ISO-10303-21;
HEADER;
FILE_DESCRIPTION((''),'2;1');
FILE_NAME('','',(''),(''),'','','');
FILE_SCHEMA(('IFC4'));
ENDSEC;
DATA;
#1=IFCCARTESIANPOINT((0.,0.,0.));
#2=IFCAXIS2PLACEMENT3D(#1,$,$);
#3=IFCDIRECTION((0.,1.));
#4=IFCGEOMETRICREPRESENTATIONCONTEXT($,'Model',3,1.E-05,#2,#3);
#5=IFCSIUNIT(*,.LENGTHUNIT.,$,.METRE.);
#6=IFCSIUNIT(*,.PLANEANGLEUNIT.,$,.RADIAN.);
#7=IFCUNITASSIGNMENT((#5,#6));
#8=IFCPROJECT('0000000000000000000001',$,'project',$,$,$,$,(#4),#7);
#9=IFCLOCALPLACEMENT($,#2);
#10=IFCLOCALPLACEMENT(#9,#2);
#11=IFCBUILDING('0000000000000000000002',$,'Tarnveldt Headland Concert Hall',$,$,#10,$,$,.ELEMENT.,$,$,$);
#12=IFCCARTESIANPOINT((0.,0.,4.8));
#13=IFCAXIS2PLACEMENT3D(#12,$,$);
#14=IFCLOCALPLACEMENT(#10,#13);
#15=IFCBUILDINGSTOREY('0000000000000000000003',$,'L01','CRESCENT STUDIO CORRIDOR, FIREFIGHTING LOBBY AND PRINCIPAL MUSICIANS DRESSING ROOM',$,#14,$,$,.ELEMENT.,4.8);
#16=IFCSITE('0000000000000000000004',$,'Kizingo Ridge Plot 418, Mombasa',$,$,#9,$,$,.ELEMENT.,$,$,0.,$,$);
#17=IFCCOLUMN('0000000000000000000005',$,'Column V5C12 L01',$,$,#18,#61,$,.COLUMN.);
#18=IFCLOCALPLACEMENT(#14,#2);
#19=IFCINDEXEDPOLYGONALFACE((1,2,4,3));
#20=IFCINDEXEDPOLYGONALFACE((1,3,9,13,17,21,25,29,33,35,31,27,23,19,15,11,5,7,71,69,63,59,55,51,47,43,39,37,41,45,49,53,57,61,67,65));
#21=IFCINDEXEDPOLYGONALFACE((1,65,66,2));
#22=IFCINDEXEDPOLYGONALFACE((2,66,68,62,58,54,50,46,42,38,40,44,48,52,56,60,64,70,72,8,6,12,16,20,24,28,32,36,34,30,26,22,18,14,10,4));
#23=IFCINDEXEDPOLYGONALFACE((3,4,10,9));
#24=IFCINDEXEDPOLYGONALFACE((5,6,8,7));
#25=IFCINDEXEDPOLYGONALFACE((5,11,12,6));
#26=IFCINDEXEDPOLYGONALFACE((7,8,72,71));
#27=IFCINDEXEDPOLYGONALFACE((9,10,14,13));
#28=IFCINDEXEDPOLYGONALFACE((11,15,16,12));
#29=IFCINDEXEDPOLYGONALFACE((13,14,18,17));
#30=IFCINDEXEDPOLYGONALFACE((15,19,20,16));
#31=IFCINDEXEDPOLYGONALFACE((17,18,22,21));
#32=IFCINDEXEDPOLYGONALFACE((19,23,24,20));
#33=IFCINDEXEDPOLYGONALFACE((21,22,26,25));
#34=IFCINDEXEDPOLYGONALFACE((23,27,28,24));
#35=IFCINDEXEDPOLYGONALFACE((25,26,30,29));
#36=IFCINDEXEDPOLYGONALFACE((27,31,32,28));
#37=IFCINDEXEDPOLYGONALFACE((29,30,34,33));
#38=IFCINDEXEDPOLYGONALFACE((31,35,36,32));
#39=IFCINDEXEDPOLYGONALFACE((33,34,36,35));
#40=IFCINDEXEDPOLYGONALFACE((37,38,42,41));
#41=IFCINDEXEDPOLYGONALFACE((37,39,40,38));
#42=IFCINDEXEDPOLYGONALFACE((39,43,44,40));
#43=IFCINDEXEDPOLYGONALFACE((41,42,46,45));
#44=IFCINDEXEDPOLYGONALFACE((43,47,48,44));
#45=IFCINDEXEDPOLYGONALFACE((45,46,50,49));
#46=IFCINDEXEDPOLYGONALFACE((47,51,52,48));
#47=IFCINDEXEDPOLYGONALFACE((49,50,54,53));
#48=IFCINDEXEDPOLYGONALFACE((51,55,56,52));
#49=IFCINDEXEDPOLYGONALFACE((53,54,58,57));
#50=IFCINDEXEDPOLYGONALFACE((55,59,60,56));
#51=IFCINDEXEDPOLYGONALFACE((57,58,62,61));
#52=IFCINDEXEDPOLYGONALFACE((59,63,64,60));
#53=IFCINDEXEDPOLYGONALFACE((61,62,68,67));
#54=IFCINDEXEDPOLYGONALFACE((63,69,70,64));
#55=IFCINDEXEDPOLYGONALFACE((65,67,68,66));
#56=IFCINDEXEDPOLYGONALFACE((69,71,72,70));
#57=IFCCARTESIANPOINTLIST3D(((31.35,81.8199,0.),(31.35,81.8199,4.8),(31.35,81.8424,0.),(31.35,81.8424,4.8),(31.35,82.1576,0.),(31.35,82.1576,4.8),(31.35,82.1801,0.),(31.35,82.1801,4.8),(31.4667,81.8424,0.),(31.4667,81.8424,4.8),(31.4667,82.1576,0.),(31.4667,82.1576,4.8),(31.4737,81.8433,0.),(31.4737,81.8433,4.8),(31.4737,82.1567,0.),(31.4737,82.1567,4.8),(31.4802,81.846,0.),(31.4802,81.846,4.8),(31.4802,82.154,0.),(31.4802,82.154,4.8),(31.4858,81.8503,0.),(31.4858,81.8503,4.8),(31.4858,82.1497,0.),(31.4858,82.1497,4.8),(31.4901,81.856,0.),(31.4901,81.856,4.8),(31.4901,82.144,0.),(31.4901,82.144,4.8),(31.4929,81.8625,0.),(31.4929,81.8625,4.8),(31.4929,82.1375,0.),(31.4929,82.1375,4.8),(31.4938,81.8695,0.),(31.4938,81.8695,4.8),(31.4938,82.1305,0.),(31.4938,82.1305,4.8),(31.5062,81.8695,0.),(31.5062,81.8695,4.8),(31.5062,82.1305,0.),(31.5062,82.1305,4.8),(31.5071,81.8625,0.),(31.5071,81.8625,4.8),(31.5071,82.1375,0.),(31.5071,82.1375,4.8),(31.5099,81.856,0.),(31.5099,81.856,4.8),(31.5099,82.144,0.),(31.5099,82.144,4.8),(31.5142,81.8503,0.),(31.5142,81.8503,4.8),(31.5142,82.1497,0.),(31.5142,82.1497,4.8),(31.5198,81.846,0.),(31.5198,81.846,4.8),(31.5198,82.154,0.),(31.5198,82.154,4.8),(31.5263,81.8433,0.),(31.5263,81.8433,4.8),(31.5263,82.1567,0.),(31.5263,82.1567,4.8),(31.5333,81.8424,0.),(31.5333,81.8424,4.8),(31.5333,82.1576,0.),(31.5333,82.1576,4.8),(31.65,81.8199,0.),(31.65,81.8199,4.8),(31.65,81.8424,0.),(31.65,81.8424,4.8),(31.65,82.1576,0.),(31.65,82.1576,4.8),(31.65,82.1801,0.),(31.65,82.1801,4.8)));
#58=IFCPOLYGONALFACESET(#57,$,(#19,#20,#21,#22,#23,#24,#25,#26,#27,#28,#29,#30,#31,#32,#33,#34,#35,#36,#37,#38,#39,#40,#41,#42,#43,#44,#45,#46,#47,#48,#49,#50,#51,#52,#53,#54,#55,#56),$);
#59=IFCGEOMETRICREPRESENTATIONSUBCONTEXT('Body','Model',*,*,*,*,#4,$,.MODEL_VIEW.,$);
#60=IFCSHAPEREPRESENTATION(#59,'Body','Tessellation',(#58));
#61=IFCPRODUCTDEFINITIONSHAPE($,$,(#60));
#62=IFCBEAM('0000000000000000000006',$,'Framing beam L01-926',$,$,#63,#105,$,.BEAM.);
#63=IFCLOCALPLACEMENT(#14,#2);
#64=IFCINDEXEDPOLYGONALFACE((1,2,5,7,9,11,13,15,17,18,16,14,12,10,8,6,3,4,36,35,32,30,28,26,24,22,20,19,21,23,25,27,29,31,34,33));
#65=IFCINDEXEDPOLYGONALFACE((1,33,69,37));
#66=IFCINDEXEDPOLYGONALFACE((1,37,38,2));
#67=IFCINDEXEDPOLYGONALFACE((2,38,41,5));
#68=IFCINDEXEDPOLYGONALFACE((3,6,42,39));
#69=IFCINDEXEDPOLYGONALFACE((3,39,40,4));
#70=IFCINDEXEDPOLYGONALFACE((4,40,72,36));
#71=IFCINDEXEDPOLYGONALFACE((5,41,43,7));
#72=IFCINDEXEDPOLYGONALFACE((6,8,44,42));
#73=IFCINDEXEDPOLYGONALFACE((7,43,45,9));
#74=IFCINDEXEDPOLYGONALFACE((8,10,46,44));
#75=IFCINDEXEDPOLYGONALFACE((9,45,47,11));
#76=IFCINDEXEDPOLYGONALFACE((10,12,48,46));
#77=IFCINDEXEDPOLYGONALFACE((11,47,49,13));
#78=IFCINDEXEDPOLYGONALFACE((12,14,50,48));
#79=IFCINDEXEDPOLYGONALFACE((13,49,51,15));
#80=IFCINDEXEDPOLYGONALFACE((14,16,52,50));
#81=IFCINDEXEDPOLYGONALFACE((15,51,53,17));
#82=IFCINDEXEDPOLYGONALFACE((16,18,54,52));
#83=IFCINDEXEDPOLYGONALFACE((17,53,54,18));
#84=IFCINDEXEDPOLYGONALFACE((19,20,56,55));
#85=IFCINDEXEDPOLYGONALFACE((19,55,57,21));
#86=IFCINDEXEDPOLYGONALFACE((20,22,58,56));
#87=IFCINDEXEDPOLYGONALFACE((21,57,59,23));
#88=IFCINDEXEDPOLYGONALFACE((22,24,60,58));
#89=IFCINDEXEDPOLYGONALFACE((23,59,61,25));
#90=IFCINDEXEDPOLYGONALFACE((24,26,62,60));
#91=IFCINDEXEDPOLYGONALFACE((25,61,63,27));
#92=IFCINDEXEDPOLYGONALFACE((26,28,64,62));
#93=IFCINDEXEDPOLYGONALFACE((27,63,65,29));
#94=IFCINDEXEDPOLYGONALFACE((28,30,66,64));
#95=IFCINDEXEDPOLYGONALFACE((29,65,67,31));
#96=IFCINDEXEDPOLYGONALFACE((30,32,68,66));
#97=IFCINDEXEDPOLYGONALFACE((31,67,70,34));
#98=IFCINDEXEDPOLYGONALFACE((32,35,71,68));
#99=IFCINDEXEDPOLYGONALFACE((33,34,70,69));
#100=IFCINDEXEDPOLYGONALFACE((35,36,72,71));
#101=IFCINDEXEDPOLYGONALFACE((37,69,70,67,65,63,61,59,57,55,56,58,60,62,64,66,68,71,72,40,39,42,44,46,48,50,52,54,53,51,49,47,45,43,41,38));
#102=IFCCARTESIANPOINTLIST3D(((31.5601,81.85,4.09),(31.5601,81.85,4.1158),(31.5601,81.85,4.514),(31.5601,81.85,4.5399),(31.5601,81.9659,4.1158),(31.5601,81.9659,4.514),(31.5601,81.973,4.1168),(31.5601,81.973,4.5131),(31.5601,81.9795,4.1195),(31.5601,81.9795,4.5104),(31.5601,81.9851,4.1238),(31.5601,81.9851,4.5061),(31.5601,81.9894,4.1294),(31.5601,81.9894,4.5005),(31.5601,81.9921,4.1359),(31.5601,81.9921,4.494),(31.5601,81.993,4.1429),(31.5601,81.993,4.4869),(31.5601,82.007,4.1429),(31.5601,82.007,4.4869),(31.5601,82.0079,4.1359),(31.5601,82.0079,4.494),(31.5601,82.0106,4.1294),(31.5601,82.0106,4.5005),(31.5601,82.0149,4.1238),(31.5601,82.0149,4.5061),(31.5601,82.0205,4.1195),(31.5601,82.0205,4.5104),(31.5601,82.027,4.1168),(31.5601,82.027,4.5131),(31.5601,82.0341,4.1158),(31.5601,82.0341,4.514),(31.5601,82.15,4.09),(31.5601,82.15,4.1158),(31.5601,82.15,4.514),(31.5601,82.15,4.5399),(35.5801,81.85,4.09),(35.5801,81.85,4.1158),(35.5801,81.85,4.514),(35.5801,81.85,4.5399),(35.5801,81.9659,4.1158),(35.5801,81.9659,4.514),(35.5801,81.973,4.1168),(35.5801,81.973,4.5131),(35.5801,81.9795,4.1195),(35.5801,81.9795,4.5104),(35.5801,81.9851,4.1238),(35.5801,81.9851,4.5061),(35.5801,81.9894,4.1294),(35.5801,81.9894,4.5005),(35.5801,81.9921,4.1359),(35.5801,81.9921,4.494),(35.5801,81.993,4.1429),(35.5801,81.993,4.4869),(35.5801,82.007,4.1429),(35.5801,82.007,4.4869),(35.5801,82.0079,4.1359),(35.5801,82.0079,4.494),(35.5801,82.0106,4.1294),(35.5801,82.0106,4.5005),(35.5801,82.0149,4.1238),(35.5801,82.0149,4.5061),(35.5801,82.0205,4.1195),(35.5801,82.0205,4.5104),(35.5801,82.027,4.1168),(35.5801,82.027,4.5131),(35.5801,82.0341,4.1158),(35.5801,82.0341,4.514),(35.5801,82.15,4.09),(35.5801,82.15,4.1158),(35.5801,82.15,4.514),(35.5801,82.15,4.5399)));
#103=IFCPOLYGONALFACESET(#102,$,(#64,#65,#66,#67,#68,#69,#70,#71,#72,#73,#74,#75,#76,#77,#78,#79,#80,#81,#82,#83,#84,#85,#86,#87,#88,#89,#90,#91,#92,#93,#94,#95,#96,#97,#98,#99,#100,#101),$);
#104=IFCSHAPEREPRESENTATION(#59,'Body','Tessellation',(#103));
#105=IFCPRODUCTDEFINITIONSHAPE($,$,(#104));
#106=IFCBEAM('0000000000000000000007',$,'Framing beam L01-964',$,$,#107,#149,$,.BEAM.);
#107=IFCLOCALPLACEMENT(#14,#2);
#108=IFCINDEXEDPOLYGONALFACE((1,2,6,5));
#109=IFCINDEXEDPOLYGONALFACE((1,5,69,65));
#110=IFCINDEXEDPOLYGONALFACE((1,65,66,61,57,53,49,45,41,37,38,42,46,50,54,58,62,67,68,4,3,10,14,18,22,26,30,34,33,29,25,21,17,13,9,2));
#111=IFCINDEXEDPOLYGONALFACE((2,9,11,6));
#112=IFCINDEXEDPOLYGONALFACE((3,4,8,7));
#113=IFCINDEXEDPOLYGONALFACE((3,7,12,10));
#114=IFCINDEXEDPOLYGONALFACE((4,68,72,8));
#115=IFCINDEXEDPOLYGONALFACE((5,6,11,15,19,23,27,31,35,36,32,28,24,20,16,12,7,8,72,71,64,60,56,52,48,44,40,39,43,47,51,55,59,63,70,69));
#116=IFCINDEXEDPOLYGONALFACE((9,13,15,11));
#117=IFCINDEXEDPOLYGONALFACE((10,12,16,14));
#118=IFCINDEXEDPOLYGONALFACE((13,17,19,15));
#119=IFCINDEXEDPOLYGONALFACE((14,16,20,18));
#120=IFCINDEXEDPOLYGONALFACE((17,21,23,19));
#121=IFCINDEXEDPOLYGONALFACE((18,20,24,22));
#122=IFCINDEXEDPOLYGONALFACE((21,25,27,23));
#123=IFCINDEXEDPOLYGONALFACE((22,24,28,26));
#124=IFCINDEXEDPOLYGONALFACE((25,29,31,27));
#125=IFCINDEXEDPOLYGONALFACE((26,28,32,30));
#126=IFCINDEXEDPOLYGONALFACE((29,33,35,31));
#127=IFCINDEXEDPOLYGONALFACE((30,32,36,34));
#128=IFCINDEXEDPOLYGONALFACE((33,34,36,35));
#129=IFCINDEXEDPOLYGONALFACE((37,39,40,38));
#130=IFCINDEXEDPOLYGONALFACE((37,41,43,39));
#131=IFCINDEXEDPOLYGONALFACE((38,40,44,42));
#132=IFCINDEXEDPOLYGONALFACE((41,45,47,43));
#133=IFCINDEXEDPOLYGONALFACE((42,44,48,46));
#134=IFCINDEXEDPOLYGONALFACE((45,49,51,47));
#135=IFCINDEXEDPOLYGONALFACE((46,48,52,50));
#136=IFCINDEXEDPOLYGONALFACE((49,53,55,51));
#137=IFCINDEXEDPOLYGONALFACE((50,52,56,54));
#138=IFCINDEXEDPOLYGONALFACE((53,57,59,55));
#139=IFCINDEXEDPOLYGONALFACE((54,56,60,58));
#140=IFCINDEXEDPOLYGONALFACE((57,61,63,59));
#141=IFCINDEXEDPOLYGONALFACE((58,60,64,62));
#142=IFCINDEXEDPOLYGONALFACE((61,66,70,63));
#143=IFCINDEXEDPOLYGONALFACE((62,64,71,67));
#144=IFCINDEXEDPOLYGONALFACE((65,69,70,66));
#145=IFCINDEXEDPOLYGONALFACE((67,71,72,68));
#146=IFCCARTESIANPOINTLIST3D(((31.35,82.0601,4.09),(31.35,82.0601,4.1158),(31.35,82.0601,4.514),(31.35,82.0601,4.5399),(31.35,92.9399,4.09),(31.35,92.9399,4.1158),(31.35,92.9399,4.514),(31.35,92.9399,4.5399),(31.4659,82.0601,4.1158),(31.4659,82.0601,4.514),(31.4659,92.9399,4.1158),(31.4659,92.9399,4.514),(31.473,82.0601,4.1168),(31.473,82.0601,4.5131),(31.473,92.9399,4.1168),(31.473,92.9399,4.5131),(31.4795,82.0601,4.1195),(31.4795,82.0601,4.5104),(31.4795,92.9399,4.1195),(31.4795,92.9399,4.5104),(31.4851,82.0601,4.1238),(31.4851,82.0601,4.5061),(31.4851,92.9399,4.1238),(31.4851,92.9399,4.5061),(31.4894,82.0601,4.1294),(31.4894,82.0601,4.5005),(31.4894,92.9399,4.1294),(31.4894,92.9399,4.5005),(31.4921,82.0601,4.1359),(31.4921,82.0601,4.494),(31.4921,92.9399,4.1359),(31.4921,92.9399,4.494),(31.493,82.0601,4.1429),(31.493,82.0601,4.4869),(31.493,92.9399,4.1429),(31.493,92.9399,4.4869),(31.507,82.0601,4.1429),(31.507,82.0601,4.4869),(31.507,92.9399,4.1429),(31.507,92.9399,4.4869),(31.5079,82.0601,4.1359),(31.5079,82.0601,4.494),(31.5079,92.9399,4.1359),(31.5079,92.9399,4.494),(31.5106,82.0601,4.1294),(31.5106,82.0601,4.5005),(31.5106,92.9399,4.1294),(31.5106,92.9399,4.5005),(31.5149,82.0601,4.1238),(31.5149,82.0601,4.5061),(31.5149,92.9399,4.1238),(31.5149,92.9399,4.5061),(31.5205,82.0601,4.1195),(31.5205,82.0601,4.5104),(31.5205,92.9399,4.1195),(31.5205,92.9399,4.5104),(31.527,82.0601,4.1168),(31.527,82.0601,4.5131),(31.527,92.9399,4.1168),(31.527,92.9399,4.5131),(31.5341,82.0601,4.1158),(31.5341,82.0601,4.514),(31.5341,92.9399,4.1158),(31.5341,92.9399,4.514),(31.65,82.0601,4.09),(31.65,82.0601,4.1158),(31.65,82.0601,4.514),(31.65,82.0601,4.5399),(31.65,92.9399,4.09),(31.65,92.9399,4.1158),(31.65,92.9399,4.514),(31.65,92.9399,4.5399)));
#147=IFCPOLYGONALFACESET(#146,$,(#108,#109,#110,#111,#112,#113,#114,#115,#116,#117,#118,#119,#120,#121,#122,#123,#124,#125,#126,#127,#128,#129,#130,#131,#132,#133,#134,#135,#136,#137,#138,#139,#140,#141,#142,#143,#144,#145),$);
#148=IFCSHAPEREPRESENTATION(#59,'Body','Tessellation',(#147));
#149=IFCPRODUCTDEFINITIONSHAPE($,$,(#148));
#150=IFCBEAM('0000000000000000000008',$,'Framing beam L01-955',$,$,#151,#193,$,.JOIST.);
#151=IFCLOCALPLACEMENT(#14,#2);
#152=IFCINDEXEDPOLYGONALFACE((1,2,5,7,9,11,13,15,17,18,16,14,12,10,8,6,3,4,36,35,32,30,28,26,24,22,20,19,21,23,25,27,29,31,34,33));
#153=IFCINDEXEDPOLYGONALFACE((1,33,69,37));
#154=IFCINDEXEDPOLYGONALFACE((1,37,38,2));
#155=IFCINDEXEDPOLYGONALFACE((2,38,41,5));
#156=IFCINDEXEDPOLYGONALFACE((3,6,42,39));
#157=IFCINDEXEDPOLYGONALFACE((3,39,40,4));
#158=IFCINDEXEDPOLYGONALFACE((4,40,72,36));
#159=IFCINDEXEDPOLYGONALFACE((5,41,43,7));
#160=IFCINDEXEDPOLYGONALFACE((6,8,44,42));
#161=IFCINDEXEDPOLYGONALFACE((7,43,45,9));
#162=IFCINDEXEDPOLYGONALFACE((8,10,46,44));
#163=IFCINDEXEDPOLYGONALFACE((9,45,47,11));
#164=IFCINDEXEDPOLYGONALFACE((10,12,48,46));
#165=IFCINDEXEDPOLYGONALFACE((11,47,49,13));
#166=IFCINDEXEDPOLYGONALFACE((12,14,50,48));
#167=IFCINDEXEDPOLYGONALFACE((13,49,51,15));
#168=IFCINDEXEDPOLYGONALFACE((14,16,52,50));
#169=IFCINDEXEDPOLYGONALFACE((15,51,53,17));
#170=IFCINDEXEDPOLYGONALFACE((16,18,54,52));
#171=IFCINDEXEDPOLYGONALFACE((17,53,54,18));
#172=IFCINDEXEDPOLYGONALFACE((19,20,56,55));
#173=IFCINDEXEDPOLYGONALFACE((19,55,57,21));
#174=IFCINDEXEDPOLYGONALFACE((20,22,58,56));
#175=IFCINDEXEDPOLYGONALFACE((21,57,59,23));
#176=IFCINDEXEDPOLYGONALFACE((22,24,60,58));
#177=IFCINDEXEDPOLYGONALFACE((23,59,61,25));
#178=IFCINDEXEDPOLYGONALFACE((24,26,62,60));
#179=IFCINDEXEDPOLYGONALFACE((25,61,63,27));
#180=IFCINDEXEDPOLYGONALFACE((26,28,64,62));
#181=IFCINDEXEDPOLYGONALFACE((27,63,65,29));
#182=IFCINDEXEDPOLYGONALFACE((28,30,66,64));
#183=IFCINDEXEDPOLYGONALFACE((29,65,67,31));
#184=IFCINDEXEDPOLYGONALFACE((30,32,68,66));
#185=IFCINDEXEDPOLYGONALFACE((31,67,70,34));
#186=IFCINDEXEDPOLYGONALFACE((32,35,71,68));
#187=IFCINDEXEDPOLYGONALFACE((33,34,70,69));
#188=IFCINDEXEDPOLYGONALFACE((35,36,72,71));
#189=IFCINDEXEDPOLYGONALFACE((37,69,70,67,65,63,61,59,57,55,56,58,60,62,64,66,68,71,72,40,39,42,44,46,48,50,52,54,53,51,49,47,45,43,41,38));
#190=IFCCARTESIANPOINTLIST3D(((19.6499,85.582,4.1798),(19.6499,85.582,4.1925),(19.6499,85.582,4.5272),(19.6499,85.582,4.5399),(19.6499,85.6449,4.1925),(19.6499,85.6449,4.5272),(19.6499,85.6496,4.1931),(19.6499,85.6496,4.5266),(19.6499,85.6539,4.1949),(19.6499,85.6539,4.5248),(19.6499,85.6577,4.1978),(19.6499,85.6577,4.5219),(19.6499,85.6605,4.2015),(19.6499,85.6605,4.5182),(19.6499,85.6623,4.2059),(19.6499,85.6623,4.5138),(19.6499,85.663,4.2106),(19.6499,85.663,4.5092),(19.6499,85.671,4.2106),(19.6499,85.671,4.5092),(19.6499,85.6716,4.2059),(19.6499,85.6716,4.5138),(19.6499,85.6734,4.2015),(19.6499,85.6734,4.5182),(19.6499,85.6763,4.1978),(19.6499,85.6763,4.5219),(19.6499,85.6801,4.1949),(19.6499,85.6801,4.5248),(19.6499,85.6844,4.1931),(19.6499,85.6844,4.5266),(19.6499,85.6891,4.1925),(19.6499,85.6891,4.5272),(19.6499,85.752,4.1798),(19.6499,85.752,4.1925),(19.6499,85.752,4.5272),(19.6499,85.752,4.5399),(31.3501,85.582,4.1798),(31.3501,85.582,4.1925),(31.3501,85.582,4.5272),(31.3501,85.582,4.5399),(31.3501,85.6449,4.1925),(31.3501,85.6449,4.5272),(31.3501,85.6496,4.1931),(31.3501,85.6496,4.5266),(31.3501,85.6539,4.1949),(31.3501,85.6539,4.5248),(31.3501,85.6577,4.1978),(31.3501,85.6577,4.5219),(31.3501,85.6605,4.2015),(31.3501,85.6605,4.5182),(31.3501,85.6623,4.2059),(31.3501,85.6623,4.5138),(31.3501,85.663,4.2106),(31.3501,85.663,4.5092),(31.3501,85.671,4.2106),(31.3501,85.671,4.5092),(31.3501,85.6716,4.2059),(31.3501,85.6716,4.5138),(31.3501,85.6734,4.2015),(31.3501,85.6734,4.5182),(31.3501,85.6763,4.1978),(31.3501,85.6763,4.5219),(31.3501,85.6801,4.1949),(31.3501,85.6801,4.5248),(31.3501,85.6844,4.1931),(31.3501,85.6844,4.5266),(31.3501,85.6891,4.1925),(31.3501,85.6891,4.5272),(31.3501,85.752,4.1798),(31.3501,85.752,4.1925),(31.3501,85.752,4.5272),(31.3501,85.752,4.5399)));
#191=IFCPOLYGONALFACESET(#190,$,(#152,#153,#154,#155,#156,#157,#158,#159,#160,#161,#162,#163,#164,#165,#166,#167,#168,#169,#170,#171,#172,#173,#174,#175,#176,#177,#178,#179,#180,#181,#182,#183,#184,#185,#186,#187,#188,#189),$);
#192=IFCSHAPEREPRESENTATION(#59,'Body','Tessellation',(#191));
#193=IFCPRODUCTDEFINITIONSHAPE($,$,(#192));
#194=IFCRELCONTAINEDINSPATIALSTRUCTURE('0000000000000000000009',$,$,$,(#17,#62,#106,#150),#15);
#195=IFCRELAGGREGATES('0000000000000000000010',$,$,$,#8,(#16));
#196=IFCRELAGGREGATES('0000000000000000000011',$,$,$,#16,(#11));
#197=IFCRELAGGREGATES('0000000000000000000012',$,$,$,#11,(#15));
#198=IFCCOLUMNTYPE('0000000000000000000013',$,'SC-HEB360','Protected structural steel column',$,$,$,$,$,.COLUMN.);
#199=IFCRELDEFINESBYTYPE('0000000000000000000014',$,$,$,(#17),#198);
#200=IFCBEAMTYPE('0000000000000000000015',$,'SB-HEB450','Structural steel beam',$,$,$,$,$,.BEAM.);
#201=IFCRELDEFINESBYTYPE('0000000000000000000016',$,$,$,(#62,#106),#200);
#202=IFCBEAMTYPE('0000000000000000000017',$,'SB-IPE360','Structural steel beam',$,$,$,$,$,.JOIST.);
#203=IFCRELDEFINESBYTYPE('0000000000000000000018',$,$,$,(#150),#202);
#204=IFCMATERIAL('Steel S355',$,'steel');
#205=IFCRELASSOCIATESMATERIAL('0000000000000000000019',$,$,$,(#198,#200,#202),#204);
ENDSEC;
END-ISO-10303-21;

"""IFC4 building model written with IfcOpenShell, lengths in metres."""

from ifc_helpers import new_model, si_unit, direction, frame, origin, origin_2d, place, context, subcontext, project, spatial, i_section, extrude, material, material_profile, profile_set, type_object, element, save


model = new_model("IFC4")

# Units and contexts
model_context = context("Model", 3, precision=1e-05, world=origin(), true_north=direction((0.0, 1.0)))
body_context = subcontext(model_context, "Body", "Model", "MODEL_VIEW")
ifc_project = project(units=[si_unit("LENGTHUNIT", "METRE"), si_unit("PLANEANGLEUNIT", "RADIAN")], contexts=[model_context])

# Site, building, storey
site_placement = place(None, origin())
site = spatial("IfcSite", under=ifc_project, at=site_placement, Name="Kizingo Ridge Plot 418, Mombasa", CompositionType="ELEMENT", RefElevation=0.0)
building_placement = place(site_placement, origin())
building = spatial("IfcBuilding", under=site, at=building_placement, Name="Tarnveldt Headland Concert Hall", CompositionType="ELEMENT")
storey_placement = place(building_placement, frame((0.0, 0.0, 4.8)))
storey = spatial("IfcBuildingStorey", under=building, at=storey_placement, Name="L01", Description="CRESCENT STUDIO CORRIDOR, FIREFIGHTING LOBBY AND PRINCIPAL MUSICIANS DRESSING ROOM", CompositionType="ELEMENT", Elevation=4.8)

# Column
ifc_material_1 = material(Name="Steel S355", Category="steel")
ifc_material_profile_1 = material_profile(ifc_material_1, i_section(OverallWidth=0.3, OverallDepth=0.3601, WebThickness=0.0125, FlangeThickness=0.0225, FilletRadius=0.0271, at=origin_2d()), Name="HEB360", Category="steel")
ifc_profile_set_1 = profile_set([ifc_material_profile_1], Name="Steel S355")
column_type = type_object("IfcColumnType", Name="SC-HEB360", Description="Protected structural steel column", PredefinedType="COLUMN", material=ifc_profile_set_1)
column_placement = place(storey_placement, frame((31.5, 82.0, 0.0), z_axis=(0.0, 0.0, 1.0), x_axis=(1.0, 0.0, 0.0)))
element("IfcColumn", 1, at=column_placement, inside=storey, type_object=column_type, Name="Column V5C12 L01", PredefinedType="COLUMN", context=body_context, shape_type="SweptSolid", body=[
    extrude(i_section(OverallWidth=0.3, OverallDepth=0.3601, WebThickness=0.0125, FlangeThickness=0.0225, FilletRadius=0.0271, at=origin_2d()), origin(), (0.0, 0.0, 1.0), 4.8),
])

# Beams
ifc_material_profile_2 = material_profile(ifc_material_1, i_section(OverallWidth=0.3, OverallDepth=0.45, WebThickness=0.0139, FlangeThickness=0.0259, FilletRadius=0.0271, at=origin_2d()), Name="HEB450", Category="steel")
ifc_profile_set_2 = profile_set([ifc_material_profile_2], Name="Steel S355")
beam_type_1 = type_object("IfcBeamType", Name="SB-HEB450", Description="Structural steel beam", PredefinedType="BEAM", material=ifc_profile_set_2)
beam_1_placement = place(storey_placement, frame((31.5601, 82.0, 4.3149), z_axis=(1.0, 0.0, 0.0), x_axis=(0.0, 1.0, 0.0)))
element("IfcBeam", 2, at=beam_1_placement, inside=storey, type_object=beam_type_1, Name="Framing beam L01-926", PredefinedType="BEAM", context=body_context, shape_type="SweptSolid", body=[
    extrude(i_section(OverallWidth=0.3, OverallDepth=0.45, WebThickness=0.0139, FlangeThickness=0.0259, FilletRadius=0.0271, at=origin_2d()), origin(), (0.0, 0.0, 1.0), 4.02),
])
beam_2_placement = place(storey_placement, frame((31.5, 82.0601, 4.3149), z_axis=(0.0, 1.0, 0.0), x_axis=(-1.0, 0.0, 0.0)))
element("IfcBeam", 3, at=beam_2_placement, inside=storey, type_object=beam_type_1, Name="Framing beam L01-964", PredefinedType="BEAM", context=body_context, shape_type="SweptSolid", body=[
    extrude(i_section(OverallWidth=0.3, OverallDepth=0.45, WebThickness=0.0139, FlangeThickness=0.0259, FilletRadius=0.0271, at=origin_2d()), origin(), (0.0, 0.0, 1.0), 10.8799),
])
ifc_material_profile_3 = material_profile(ifc_material_1, i_section(OverallWidth=0.1699, OverallDepth=0.3601, WebThickness=0.0081, FlangeThickness=0.0127, FilletRadius=0.0181, at=origin_2d()), Name="IPE360", Category="steel")
ifc_profile_set_3 = profile_set([ifc_material_profile_3], Name="Steel S355")
beam_type_2 = type_object("IfcBeamType", Name="SB-IPE360", Description="Structural steel beam", PredefinedType="JOIST", material=ifc_profile_set_3)
for number, where, z_axis, x_axis, name in (
    (4, (19.6499, 85.667, 4.3599), (1.0, 0.0, 0.0), (0.0, 1.0, 0.0), "Framing beam L01-955"),
):
    element("IfcBeam", number, at=place(storey_placement, frame(where, z_axis=z_axis, x_axis=x_axis)), inside=storey, type_object=beam_type_2, Name=name, PredefinedType="JOIST", context=body_context, shape_type="SweptSolid", body=[
        extrude(i_section(OverallWidth=0.1699, OverallDepth=0.3601, WebThickness=0.0081, FlangeThickness=0.0127, FilletRadius=0.0181, at=origin_2d()), origin(), (0.0, 0.0, 1.0), 11.7002),
    ])

save(model, "model.ifc")
